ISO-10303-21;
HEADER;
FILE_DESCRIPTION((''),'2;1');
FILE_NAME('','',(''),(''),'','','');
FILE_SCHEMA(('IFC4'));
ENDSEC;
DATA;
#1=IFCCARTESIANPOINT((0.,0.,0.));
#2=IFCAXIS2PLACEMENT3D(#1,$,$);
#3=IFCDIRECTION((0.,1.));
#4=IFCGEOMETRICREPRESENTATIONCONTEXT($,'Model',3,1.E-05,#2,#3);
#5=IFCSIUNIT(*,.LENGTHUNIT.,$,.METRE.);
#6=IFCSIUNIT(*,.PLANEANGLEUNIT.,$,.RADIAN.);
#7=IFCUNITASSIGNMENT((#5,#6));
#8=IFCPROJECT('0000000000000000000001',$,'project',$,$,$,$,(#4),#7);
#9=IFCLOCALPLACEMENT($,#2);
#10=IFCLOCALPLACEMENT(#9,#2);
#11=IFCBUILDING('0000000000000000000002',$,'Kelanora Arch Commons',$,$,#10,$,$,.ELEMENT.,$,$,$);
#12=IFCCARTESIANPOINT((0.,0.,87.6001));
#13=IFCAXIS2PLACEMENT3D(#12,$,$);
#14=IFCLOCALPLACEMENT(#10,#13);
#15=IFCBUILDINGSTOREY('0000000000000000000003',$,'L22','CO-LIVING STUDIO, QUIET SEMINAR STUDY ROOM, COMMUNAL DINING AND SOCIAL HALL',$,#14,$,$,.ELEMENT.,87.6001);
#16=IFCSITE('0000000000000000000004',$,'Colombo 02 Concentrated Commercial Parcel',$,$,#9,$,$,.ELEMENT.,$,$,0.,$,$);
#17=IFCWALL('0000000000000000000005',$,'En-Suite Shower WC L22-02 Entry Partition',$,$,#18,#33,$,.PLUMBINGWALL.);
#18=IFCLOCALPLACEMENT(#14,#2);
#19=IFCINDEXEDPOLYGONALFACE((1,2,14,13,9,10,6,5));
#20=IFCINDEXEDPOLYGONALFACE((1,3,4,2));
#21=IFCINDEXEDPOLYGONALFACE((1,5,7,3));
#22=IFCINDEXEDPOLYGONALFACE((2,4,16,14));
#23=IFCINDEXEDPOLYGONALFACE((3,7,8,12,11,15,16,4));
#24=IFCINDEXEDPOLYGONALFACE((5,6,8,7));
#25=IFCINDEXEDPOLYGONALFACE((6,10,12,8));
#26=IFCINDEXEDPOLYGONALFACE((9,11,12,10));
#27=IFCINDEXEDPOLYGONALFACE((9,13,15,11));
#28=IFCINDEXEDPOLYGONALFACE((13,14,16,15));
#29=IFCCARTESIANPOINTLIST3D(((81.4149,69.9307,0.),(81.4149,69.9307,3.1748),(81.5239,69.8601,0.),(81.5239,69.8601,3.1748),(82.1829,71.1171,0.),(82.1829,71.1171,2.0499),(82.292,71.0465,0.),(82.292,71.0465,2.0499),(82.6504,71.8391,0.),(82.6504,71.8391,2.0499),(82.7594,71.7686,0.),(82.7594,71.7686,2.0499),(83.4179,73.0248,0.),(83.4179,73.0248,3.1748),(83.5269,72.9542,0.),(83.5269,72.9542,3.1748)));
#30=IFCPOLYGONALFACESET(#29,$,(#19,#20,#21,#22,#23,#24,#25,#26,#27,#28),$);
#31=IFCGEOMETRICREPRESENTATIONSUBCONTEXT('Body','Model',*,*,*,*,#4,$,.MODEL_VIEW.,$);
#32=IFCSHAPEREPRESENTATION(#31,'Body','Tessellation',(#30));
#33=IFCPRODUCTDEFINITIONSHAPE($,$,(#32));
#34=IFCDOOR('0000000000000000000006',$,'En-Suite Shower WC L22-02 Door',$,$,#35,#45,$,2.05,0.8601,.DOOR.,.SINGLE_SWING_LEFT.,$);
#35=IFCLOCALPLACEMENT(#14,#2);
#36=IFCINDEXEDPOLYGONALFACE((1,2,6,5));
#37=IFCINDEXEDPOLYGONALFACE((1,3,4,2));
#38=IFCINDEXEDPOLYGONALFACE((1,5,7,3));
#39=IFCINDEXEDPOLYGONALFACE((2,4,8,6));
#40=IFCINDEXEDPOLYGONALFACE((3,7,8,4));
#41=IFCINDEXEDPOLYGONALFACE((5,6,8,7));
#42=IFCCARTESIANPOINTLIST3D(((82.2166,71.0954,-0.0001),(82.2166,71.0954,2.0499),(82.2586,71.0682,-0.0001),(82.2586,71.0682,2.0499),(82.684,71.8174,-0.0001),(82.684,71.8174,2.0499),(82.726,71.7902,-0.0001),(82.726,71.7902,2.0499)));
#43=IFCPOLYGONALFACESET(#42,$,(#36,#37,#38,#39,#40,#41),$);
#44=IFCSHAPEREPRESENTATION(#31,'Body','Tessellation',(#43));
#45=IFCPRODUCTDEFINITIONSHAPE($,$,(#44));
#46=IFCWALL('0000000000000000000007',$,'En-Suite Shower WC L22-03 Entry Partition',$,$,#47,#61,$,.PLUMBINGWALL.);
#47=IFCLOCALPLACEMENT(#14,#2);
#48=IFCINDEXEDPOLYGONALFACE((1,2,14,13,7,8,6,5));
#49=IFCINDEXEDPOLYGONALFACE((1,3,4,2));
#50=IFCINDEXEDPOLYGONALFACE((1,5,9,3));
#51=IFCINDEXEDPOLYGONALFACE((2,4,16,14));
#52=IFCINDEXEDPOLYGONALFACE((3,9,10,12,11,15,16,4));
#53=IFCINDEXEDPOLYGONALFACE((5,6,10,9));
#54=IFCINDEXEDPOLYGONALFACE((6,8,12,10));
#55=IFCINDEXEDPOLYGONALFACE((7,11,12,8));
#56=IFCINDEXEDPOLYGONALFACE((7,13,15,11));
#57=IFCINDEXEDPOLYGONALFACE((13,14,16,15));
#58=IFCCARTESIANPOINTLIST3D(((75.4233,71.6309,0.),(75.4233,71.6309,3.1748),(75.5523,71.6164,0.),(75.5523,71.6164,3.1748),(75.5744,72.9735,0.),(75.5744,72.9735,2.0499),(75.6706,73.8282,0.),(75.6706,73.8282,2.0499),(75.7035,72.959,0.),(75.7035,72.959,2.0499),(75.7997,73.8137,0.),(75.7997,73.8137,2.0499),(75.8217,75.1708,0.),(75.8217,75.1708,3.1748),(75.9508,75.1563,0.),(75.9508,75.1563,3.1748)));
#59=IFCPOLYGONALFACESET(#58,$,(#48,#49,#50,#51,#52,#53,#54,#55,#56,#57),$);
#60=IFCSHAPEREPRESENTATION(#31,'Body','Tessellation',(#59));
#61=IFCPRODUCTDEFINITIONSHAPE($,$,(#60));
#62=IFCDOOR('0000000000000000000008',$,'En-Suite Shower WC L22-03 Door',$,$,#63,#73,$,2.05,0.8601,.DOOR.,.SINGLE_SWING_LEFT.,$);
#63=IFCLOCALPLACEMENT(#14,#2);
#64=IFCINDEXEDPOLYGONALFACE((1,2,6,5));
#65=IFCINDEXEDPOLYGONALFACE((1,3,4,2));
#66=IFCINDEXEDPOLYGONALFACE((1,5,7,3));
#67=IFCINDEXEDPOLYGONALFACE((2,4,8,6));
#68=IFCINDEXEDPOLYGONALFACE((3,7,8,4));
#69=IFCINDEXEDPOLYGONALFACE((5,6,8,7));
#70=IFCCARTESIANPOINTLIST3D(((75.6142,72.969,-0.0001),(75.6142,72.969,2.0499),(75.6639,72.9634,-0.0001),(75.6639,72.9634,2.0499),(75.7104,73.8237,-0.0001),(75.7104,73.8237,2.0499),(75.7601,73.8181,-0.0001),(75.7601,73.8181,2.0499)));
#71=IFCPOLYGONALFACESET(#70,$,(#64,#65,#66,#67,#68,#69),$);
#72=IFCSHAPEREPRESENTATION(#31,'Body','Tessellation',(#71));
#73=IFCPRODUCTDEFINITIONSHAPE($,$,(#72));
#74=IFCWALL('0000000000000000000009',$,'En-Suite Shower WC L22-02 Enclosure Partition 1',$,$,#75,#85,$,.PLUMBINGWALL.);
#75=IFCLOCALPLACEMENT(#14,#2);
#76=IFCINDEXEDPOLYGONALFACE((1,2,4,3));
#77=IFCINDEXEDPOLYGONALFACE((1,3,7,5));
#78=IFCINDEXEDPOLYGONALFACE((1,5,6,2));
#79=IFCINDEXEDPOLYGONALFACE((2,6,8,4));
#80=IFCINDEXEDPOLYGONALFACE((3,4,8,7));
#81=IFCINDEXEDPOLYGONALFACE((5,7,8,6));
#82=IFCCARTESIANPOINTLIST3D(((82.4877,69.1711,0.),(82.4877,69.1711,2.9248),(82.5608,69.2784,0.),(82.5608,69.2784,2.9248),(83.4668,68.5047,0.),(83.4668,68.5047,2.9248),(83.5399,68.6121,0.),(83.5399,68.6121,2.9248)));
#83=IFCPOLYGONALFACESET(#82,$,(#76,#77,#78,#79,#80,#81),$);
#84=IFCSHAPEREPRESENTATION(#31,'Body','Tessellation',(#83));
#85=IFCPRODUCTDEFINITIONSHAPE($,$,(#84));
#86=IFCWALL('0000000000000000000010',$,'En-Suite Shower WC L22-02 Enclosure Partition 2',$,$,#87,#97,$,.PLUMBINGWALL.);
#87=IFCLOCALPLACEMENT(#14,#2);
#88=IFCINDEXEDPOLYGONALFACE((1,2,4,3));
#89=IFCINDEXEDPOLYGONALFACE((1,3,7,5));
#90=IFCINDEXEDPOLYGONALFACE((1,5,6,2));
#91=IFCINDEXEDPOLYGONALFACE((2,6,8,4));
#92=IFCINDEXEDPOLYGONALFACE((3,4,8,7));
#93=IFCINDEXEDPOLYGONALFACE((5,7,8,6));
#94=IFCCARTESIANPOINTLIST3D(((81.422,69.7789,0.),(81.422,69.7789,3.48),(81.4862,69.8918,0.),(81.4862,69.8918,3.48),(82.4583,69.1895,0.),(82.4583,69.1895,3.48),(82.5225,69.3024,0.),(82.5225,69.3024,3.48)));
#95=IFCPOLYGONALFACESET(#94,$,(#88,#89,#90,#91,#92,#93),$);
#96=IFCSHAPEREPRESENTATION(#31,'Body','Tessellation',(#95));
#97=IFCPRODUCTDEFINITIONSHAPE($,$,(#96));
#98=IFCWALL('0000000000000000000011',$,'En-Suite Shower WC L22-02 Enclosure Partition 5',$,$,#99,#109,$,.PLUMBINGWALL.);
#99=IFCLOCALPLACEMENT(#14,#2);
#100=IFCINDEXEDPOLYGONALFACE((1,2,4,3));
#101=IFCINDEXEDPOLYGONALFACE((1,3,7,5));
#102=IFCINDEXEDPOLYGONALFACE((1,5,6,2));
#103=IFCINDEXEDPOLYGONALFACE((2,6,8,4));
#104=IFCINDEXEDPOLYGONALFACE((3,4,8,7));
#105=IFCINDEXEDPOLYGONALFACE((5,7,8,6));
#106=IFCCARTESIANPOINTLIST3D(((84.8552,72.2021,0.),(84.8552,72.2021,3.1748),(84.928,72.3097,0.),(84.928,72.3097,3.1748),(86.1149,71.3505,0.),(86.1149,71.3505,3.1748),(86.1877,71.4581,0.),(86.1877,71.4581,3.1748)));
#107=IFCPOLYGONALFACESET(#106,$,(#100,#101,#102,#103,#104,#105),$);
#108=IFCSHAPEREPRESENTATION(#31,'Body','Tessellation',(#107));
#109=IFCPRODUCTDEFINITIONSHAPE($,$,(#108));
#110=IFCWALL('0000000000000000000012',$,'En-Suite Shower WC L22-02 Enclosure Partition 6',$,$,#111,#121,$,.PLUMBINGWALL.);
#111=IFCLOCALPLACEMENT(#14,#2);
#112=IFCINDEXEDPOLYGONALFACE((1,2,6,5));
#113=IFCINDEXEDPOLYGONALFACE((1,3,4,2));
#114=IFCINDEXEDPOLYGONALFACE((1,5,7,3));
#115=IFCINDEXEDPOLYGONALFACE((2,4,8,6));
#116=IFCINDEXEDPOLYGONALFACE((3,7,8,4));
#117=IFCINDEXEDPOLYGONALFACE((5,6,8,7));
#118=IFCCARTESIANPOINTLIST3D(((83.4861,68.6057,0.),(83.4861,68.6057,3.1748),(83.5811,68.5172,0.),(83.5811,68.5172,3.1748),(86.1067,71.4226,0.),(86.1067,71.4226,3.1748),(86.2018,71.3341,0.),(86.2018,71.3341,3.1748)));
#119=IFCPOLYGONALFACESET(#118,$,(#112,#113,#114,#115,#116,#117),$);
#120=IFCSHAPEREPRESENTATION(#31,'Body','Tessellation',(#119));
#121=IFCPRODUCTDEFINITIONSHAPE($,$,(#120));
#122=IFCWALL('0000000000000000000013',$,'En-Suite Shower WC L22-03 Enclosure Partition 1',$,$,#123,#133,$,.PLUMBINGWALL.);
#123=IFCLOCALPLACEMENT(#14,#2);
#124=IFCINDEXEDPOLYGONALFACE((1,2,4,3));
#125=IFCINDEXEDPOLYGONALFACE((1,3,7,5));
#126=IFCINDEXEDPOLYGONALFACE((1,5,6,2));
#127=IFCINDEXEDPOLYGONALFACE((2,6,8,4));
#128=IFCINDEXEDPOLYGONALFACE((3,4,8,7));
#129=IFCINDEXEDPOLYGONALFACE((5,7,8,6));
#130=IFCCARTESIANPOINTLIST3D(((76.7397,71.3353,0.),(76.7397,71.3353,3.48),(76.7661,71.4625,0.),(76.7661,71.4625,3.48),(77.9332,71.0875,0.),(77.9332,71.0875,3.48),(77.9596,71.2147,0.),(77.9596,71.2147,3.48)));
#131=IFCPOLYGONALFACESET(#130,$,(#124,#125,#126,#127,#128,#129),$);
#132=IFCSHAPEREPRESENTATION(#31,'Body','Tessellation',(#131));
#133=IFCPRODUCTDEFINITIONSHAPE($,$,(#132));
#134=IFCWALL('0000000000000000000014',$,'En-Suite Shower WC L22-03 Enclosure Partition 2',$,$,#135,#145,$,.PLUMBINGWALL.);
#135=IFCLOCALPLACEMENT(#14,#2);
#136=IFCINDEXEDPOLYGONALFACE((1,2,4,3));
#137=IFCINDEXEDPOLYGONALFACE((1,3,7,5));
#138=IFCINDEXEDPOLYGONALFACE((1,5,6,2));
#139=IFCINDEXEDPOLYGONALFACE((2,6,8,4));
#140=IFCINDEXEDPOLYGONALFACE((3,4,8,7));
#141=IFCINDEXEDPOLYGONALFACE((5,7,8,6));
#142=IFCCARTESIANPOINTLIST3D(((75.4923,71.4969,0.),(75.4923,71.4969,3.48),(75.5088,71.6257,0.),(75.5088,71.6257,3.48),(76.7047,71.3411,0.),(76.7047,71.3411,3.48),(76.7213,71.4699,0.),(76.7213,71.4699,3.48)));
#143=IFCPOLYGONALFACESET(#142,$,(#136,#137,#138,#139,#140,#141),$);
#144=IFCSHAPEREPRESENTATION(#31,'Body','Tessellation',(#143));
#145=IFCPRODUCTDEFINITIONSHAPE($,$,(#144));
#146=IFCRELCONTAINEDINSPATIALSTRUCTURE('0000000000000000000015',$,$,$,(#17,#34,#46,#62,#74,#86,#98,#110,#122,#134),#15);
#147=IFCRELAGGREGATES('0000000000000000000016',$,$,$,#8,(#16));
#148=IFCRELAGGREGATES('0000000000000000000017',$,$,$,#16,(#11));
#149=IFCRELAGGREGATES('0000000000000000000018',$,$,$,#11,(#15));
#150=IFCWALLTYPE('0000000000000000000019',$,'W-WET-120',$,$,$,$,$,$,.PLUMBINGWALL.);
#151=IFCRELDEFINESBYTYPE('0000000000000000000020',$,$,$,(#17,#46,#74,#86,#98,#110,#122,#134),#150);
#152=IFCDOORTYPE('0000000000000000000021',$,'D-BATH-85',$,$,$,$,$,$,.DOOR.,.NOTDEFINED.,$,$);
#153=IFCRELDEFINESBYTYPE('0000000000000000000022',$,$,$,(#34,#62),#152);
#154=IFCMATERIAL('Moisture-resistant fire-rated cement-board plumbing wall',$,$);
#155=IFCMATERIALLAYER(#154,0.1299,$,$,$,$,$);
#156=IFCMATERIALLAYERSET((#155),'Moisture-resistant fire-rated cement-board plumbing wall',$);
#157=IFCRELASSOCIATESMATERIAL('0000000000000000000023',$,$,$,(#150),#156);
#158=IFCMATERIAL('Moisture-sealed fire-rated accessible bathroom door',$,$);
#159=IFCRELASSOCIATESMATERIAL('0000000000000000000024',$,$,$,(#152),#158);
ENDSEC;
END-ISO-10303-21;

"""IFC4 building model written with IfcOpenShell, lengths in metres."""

from ifc_helpers import new_model, si_unit, direction, frame, frame_2d, origin, place, context, subcontext, project, spatial, rectangle, extrude, material, layer, layer_set, type_object, element, fill, save


model = new_model("IFC4")

# Units and contexts
model_context = context("Model", 3, precision=1e-05, world=origin(), true_north=direction((0.0, 1.0)))
body_context = subcontext(model_context, "Body", "Model", "MODEL_VIEW")
ifc_project = project(units=[si_unit("LENGTHUNIT", "METRE"), si_unit("PLANEANGLEUNIT", "RADIAN")], contexts=[model_context])

# Site, building, storey
site_placement = place(None, origin())
site = spatial("IfcSite", under=ifc_project, at=site_placement, Name="Colombo 02 Concentrated Commercial Parcel", CompositionType="ELEMENT", RefElevation=0.0)
building_placement = place(site_placement, origin())
building = spatial("IfcBuilding", under=site, at=building_placement, Name="Kelanora Arch Commons", CompositionType="ELEMENT")
storey_placement = place(building_placement, frame((0.0, 0.0, 87.6001)))
storey = spatial("IfcBuildingStorey", under=building, at=storey_placement, Name="L22", Description="CO-LIVING STUDIO, QUIET SEMINAR STUDY ROOM, COMMUNAL DINING AND SOCIAL HALL", CompositionType="ELEMENT", Elevation=87.6001)

# Walls, openings, doors
ifc_material_1 = material(Name="Moisture-resistant fire-rated cement-board plumbing wall")
ifc_layer_1 = layer(ifc_material_1, 0.1299)
ifc_layer_set_1 = layer_set([ifc_layer_1], Name="Moisture-resistant fire-rated cement-board plumbing wall")
wall_type_1 = type_object("IfcWallType", Name="W-WET-120", PredefinedType="PLUMBINGWALL", material=ifc_layer_set_1)
wall_1_placement = place(storey_placement, frame((81.4695, 69.8955, 0.0), z_axis=(0.0, 0.0, 1.0), x_axis=(0.54343, 0.839455, 0.0)))
wall_1 = element("IfcWall", 1, at=wall_1_placement, inside=storey, type_object=wall_type_1, Name="En-Suite Shower WC L22-02 Entry Partition", PredefinedType="PLUMBINGWALL", context=body_context, shape_type="SweptSolid", body=[
    extrude(rectangle(XDim=3.6858, YDim=0.1299, at=frame_2d((1.8428, 0.0))), origin(), (0.0, 0.0, 1.0), 3.1748),
])
opening_1_placement = place(wall_1_placement, frame((1.4131, 0.0, 0.0)))
opening_1 = element("IfcOpeningElement", 2, at=opening_1_placement, cuts=wall_1, PredefinedType="OPENING", context=body_context, shape_type="SweptSolid", body=[
    extrude(rectangle(XDim=0.8601, YDim=2.05, at=frame_2d((0.4302, 1.0249))), frame((0.0, 0.075, 0.0), z_axis=(0.0, -1.0, 0.0), x_axis=(1.0, 0.0, 0.0)), (0.0, 0.0, 1.0), 0.1499),
])
ifc_material_2 = material(Name="Moisture-sealed fire-rated accessible bathroom door")
door_type_1 = type_object("IfcDoorType", Name="D-BATH-85", OperationType="NOTDEFINED", PredefinedType="DOOR", material=ifc_material_2)
door_1_placement = place(opening_1_placement, origin())
door_1 = element("IfcDoor", 3, at=door_1_placement, inside=storey, type_object=door_type_1, Name="En-Suite Shower WC L22-02 Door", OperationType="SINGLE_SWING_LEFT", OverallHeight=2.05, OverallWidth=0.8601, PredefinedType="DOOR", context=body_context, shape_type="SweptSolid", body=[
    extrude(rectangle(XDim=0.8601, YDim=2.05, at=frame_2d((0.4302, 1.0249))), frame((0.0, 0.0249, 0.0), z_axis=(0.0, -1.0, 0.0), x_axis=(1.0, 0.0, 0.0)), (0.0, 0.0, 1.0), 0.05),
])
fill(opening_1, door_1)
wall_2_placement = place(storey_placement, frame((75.4878, 71.6235, 0.0), z_axis=(0.0, 0.0, 1.0), x_axis=(0.111853, 0.993725, 0.0)))
wall_2 = element("IfcWall", 4, at=wall_2_placement, inside=storey, type_object=wall_type_1, Name="En-Suite Shower WC L22-03 Entry Partition", PredefinedType="PLUMBINGWALL", context=body_context, shape_type="SweptSolid", body=[
    extrude(rectangle(XDim=3.5623, YDim=0.1299, at=frame_2d((1.7812, 0.0))), origin(), (0.0, 0.0, 1.0), 3.1748),
])
opening_2_placement = place(wall_2_placement, frame((1.3511, 0.0, 0.0)))
opening_2 = element("IfcOpeningElement", 5, at=opening_2_placement, cuts=wall_2, PredefinedType="OPENING", context=body_context, shape_type="SweptSolid", body=[
    extrude(rectangle(XDim=0.8601, YDim=2.05, at=frame_2d((0.4302, 1.0249))), frame((0.0, 0.075, 0.0), z_axis=(0.0, -1.0, 0.0), x_axis=(1.0, 0.0, 0.0)), (0.0, 0.0, 1.0), 0.1499),
])
door_2_placement = place(opening_2_placement, origin())
door_2 = element("IfcDoor", 6, at=door_2_placement, inside=storey, type_object=door_type_1, Name="En-Suite Shower WC L22-03 Door", OperationType="SINGLE_SWING_LEFT", OverallHeight=2.05, OverallWidth=0.8601, PredefinedType="DOOR", context=body_context, shape_type="SweptSolid", body=[
    extrude(rectangle(XDim=0.8601, YDim=2.05, at=frame_2d((0.4302, 1.0249))), frame((0.0, 0.0249, 0.0), z_axis=(0.0, -1.0, 0.0), x_axis=(1.0, 0.0, 0.0)), (0.0, 0.0, 1.0), 0.05),
])
fill(opening_2, door_2)

# Walls
wall_3_placement = place(storey_placement, frame((83.5034, 68.5583, 0.0), z_axis=(0.0, 0.0, 1.0), x_axis=(-0.826716, 0.56262, 0.0)))
element("IfcWall", 7, at=wall_3_placement, inside=storey, type_object=wall_type_1, Name="En-Suite Shower WC L22-02 Enclosure Partition 1", PredefinedType="PLUMBINGWALL", context=body_context, shape_type="SweptSolid", body=[
    extrude(rectangle(XDim=1.1843, YDim=0.1299, at=frame_2d((0.5923, 0.0))), origin(), (0.0, 0.0, 1.0), 2.9248),
])
wall_4_placement = place(storey_placement, frame((82.4905, 69.2458, 0.0), z_axis=(0.0, 0.0, 1.0), x_axis=(-0.869225, 0.494418, 0.0)))
element("IfcWall", 8, at=wall_4_placement, inside=storey, type_object=wall_type_1, Name="En-Suite Shower WC L22-02 Enclosure Partition 2", PredefinedType="PLUMBINGWALL", context=body_context, shape_type="SweptSolid", body=[
    extrude(rectangle(XDim=1.1921, YDim=0.1299, at=frame_2d((0.5962, 0.0))), origin(), (0.0, 0.0, 1.0), 3.48),
])
wall_5_placement = place(storey_placement, frame((84.8916, 72.2559, 0.0), z_axis=(0.0, 0.0, 1.0), x_axis=(0.828476, -0.560024, 0.0)))
element("IfcWall", 9, at=wall_5_placement, inside=storey, type_object=wall_type_1, Name="En-Suite Shower WC L22-02 Enclosure Partition 5", PredefinedType="PLUMBINGWALL", context=body_context, shape_type="SweptSolid", body=[
    extrude(rectangle(XDim=1.5205, YDim=0.1299, at=frame_2d((0.7603, 0.0))), origin(), (0.0, 0.0, 1.0), 3.1748),
])
wall_6_placement = place(storey_placement, frame((86.1543, 71.3784, 0.0), z_axis=(0.0, 0.0, 1.0), x_axis=(-0.681137, -0.732156, 0.0)))
element("IfcWall", 10, at=wall_6_placement, inside=storey, type_object=wall_type_1, Name="En-Suite Shower WC L22-02 Enclosure Partition 6", PredefinedType="PLUMBINGWALL", context=body_context, shape_type="SweptSolid", body=[
    extrude(rectangle(XDim=3.8474, YDim=0.1299, at=frame_2d((1.9238, 0.0))), origin(), (0.0, 0.0, 1.0), 3.1748),
])
wall_7_placement = place(storey_placement, frame((77.9463, 71.1511, 0.0), z_axis=(0.0, 0.0, 1.0), x_axis=(-0.979122, 0.203274, 0.0)))
element("IfcWall", 11, at=wall_7_placement, inside=storey, type_object=wall_type_1, Name="En-Suite Shower WC L22-03 Enclosure Partition 1", PredefinedType="PLUMBINGWALL", context=body_context, shape_type="SweptSolid", body=[
    extrude(rectangle(XDim=1.219, YDim=0.1299, at=frame_2d((0.6094, 0.0))), origin(), (0.0, 0.0, 1.0), 3.48),
])
wall_8_placement = place(storey_placement, frame((76.7131, 71.4055, 0.0), z_axis=(0.0, 0.0, 1.0), x_axis=(-0.991848, 0.127426, 0.0)))
element("IfcWall", 12, at=wall_8_placement, inside=storey, type_object=wall_type_1, Name="En-Suite Shower WC L22-03 Enclosure Partition 2", PredefinedType="PLUMBINGWALL", context=body_context, shape_type="SweptSolid", body=[
    extrude(rectangle(XDim=1.2224, YDim=0.1299, at=frame_2d((0.6113, 0.0))), origin(), (0.0, 0.0, 1.0), 3.48),
])

save(model, "model.ifc")
